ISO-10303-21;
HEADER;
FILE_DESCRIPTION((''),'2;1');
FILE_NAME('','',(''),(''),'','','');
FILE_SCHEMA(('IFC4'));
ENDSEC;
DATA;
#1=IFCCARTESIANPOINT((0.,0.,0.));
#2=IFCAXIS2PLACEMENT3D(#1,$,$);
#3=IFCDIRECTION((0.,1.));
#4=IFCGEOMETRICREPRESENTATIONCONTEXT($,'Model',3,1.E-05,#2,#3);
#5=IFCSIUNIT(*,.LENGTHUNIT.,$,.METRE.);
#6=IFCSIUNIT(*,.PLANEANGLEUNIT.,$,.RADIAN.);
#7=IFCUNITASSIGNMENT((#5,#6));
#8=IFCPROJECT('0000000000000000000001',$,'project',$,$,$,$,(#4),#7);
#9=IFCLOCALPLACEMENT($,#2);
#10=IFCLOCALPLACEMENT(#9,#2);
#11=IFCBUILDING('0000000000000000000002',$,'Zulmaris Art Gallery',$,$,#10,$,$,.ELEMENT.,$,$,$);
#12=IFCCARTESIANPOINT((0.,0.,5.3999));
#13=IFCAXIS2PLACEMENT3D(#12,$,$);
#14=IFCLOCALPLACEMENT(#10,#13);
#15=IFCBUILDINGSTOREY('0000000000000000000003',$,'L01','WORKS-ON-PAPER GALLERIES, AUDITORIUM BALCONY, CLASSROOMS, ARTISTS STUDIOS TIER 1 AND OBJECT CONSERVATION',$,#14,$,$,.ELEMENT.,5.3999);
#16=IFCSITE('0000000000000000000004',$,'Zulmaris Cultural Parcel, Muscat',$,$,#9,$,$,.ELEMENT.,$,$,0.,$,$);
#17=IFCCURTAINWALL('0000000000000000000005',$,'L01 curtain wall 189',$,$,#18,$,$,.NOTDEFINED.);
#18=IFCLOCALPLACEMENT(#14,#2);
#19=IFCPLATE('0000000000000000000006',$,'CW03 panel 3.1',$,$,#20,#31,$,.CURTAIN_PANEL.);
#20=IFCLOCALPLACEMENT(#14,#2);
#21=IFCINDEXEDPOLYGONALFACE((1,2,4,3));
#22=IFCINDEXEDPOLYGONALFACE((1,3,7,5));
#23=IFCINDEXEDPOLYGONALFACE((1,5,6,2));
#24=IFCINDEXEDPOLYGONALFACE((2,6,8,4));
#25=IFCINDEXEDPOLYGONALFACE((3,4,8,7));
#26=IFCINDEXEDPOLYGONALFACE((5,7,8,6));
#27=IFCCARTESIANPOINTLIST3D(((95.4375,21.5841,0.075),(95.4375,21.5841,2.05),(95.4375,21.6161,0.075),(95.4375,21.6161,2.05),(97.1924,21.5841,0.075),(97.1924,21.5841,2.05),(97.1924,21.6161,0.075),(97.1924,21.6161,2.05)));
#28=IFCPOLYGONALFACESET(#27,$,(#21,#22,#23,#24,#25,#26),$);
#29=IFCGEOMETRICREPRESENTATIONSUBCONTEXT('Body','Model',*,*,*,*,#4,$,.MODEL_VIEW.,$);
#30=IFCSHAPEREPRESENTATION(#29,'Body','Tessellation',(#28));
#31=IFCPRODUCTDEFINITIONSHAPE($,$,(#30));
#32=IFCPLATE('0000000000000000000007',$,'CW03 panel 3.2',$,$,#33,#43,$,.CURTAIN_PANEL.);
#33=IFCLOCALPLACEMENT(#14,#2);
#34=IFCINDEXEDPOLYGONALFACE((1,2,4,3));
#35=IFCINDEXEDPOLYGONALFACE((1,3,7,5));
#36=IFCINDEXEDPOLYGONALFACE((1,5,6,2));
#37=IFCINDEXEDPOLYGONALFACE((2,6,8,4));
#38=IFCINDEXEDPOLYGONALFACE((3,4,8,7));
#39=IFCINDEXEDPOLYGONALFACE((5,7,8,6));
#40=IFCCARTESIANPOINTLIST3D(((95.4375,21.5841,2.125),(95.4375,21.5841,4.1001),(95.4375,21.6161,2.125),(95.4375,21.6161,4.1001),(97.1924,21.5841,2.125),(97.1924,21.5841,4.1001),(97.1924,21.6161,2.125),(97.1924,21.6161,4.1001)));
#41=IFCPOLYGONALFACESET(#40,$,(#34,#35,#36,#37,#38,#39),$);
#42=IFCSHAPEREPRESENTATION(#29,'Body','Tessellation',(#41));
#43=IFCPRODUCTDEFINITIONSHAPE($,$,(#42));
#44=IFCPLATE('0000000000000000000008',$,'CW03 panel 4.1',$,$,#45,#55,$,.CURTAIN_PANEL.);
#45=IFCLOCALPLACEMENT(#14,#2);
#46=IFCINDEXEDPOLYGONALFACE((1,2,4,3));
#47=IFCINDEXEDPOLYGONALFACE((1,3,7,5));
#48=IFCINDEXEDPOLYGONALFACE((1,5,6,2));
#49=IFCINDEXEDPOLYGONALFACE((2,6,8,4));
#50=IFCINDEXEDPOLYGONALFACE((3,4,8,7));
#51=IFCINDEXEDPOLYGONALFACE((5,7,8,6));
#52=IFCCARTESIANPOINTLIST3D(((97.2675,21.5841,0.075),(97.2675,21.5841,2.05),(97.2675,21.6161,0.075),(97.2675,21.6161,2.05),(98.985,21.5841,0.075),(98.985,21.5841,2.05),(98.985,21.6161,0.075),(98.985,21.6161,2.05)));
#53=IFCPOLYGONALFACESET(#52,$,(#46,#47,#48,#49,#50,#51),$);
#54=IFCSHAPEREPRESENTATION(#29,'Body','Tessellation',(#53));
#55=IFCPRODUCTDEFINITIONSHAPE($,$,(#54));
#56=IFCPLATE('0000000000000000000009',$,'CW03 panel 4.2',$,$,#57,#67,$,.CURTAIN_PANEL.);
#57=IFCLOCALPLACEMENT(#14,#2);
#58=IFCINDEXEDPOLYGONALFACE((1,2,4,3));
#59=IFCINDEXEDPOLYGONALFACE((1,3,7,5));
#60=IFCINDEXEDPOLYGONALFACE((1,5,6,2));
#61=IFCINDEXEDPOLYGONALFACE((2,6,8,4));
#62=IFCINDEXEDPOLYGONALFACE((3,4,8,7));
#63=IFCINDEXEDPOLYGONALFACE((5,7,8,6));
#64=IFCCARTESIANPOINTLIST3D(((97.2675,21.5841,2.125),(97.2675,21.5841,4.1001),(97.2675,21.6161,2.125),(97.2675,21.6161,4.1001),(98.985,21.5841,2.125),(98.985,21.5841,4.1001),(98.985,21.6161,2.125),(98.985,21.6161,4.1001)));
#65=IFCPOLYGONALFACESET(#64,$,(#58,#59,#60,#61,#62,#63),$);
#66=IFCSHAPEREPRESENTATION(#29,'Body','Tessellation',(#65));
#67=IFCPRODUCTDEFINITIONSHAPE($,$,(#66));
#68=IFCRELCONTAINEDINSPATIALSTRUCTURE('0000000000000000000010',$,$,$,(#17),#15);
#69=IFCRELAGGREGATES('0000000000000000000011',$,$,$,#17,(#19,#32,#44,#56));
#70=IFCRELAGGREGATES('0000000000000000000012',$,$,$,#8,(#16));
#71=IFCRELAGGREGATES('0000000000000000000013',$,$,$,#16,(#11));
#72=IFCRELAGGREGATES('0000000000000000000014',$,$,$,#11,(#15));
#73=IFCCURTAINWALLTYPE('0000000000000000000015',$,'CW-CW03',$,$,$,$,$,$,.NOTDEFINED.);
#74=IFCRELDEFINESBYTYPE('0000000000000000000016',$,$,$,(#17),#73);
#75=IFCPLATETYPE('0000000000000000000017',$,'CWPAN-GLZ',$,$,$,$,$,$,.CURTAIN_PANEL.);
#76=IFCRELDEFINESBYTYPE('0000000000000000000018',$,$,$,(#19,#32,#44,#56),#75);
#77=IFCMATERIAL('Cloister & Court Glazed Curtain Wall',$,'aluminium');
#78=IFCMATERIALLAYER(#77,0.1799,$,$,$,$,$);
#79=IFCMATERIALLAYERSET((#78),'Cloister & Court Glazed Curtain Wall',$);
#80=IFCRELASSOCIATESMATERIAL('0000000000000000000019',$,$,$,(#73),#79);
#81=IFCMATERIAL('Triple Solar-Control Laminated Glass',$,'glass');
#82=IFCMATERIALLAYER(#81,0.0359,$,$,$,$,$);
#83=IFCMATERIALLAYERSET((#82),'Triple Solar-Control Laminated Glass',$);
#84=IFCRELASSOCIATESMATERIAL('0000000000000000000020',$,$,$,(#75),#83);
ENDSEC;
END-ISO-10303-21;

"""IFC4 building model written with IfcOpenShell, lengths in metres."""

from ifc_helpers import new_model, si_unit, direction, frame, origin, origin_2d, place, context, subcontext, project, spatial, rectangle, extrude, material, layer, layer_set, type_object, element, aggregate, save


model = new_model("IFC4")

# Units and contexts
model_context = context("Model", 3, precision=1e-05, world=origin(), true_north=direction((0.0, 1.0)))
body_context = subcontext(model_context, "Body", "Model", "MODEL_VIEW")
ifc_project = project(units=[si_unit("LENGTHUNIT", "METRE"), si_unit("PLANEANGLEUNIT", "RADIAN")], contexts=[model_context])

# Site, building, storey
site_placement = place(None, origin())
site = spatial("IfcSite", under=ifc_project, at=site_placement, Name="Zulmaris Cultural Parcel, Muscat", CompositionType="ELEMENT", RefElevation=0.0)
building_placement = place(site_placement, origin())
building = spatial("IfcBuilding", under=site, at=building_placement, Name="Zulmaris Art Gallery", CompositionType="ELEMENT")
storey_placement = place(building_placement, frame((0.0, 0.0, 5.3999)))
storey = spatial("IfcBuildingStorey", under=building, at=storey_placement, Name="L01", Description="WORKS-ON-PAPER GALLERIES, AUDITORIUM BALCONY, CLASSROOMS, ARTISTS STUDIOS TIER 1 AND OBJECT CONSERVATION", CompositionType="ELEMENT", Elevation=5.3999)

# Curtain wall, plates
ifc_material_1 = material(Name="Cloister & Court Glazed Curtain Wall", Category="aluminium")
ifc_layer_1 = layer(ifc_material_1, 0.1799)
ifc_layer_set_1 = layer_set([ifc_layer_1], Name="Cloister & Court Glazed Curtain Wall")
curtain_wall_type = type_object("IfcCurtainWallType", Name="CW-CW03", PredefinedType="NOTDEFINED", material=ifc_layer_set_1)
curtain_wall_placement = place(storey_placement, origin())
curtain_wall = element("IfcCurtainWall", 1, at=curtain_wall_placement, inside=storey, type_object=curtain_wall_type, Name="L01 curtain wall 189", PredefinedType="NOTDEFINED")
ifc_material_2 = material(Name="Triple Solar-Control Laminated Glass", Category="glass")
ifc_layer_2 = layer(ifc_material_2, 0.0359)
ifc_layer_set_2 = layer_set([ifc_layer_2], Name="Triple Solar-Control Laminated Glass")
plate_type = type_object("IfcPlateType", Name="CWPAN-GLZ", PredefinedType="CURTAIN_PANEL", material=ifc_layer_set_2)
plate_1_placement = place(storey_placement, frame((96.3149, 21.6001, 0.075), z_axis=(0.0, 0.0, 1.0), x_axis=(1.0, 0.0, 0.0)))
plate_1 = element("IfcPlate", 2, at=plate_1_placement, type_object=plate_type, Name="CW03 panel 3.1", PredefinedType="CURTAIN_PANEL", context=body_context, shape_type="SweptSolid", body=[
    extrude(rectangle(XDim=1.7549, YDim=0.032, at=origin_2d()), origin(), (0.0, 0.0, 1.0), 1.9751),
])
plate_2_placement = place(storey_placement, frame((96.3149, 21.6001, 2.125), z_axis=(0.0, 0.0, 1.0), x_axis=(1.0, 0.0, 0.0)))
plate_2 = element("IfcPlate", 3, at=plate_2_placement, type_object=plate_type, Name="CW03 panel 3.2", PredefinedType="CURTAIN_PANEL", context=body_context, shape_type="SweptSolid", body=[
    extrude(rectangle(XDim=1.7549, YDim=0.032, at=origin_2d()), origin(), (0.0, 0.0, 1.0), 1.9751),
])
plate_3_placement = place(storey_placement, frame((98.1262, 21.6001, 0.075), z_axis=(0.0, 0.0, 1.0), x_axis=(1.0, 0.0, 0.0)))
plate_3 = element("IfcPlate", 4, at=plate_3_placement, type_object=plate_type, Name="CW03 panel 4.1", PredefinedType="CURTAIN_PANEL", context=body_context, shape_type="SweptSolid", body=[
    extrude(rectangle(XDim=1.7175, YDim=0.032, at=origin_2d()), origin(), (0.0, 0.0, 1.0), 1.9751),
])
plate_4_placement = place(storey_placement, frame((98.1262, 21.6001, 2.125), z_axis=(0.0, 0.0, 1.0), x_axis=(1.0, 0.0, 0.0)))
plate_4 = element("IfcPlate", 5, at=plate_4_placement, type_object=plate_type, Name="CW03 panel 4.2", PredefinedType="CURTAIN_PANEL", context=body_context, shape_type="SweptSolid", body=[
    extrude(rectangle(XDim=1.7175, YDim=0.032, at=origin_2d()), origin(), (0.0, 0.0, 1.0), 1.9751),
])
aggregate(curtain_wall, [plate_1, plate_2, plate_3, plate_4])

save(model, "model.ifc")
